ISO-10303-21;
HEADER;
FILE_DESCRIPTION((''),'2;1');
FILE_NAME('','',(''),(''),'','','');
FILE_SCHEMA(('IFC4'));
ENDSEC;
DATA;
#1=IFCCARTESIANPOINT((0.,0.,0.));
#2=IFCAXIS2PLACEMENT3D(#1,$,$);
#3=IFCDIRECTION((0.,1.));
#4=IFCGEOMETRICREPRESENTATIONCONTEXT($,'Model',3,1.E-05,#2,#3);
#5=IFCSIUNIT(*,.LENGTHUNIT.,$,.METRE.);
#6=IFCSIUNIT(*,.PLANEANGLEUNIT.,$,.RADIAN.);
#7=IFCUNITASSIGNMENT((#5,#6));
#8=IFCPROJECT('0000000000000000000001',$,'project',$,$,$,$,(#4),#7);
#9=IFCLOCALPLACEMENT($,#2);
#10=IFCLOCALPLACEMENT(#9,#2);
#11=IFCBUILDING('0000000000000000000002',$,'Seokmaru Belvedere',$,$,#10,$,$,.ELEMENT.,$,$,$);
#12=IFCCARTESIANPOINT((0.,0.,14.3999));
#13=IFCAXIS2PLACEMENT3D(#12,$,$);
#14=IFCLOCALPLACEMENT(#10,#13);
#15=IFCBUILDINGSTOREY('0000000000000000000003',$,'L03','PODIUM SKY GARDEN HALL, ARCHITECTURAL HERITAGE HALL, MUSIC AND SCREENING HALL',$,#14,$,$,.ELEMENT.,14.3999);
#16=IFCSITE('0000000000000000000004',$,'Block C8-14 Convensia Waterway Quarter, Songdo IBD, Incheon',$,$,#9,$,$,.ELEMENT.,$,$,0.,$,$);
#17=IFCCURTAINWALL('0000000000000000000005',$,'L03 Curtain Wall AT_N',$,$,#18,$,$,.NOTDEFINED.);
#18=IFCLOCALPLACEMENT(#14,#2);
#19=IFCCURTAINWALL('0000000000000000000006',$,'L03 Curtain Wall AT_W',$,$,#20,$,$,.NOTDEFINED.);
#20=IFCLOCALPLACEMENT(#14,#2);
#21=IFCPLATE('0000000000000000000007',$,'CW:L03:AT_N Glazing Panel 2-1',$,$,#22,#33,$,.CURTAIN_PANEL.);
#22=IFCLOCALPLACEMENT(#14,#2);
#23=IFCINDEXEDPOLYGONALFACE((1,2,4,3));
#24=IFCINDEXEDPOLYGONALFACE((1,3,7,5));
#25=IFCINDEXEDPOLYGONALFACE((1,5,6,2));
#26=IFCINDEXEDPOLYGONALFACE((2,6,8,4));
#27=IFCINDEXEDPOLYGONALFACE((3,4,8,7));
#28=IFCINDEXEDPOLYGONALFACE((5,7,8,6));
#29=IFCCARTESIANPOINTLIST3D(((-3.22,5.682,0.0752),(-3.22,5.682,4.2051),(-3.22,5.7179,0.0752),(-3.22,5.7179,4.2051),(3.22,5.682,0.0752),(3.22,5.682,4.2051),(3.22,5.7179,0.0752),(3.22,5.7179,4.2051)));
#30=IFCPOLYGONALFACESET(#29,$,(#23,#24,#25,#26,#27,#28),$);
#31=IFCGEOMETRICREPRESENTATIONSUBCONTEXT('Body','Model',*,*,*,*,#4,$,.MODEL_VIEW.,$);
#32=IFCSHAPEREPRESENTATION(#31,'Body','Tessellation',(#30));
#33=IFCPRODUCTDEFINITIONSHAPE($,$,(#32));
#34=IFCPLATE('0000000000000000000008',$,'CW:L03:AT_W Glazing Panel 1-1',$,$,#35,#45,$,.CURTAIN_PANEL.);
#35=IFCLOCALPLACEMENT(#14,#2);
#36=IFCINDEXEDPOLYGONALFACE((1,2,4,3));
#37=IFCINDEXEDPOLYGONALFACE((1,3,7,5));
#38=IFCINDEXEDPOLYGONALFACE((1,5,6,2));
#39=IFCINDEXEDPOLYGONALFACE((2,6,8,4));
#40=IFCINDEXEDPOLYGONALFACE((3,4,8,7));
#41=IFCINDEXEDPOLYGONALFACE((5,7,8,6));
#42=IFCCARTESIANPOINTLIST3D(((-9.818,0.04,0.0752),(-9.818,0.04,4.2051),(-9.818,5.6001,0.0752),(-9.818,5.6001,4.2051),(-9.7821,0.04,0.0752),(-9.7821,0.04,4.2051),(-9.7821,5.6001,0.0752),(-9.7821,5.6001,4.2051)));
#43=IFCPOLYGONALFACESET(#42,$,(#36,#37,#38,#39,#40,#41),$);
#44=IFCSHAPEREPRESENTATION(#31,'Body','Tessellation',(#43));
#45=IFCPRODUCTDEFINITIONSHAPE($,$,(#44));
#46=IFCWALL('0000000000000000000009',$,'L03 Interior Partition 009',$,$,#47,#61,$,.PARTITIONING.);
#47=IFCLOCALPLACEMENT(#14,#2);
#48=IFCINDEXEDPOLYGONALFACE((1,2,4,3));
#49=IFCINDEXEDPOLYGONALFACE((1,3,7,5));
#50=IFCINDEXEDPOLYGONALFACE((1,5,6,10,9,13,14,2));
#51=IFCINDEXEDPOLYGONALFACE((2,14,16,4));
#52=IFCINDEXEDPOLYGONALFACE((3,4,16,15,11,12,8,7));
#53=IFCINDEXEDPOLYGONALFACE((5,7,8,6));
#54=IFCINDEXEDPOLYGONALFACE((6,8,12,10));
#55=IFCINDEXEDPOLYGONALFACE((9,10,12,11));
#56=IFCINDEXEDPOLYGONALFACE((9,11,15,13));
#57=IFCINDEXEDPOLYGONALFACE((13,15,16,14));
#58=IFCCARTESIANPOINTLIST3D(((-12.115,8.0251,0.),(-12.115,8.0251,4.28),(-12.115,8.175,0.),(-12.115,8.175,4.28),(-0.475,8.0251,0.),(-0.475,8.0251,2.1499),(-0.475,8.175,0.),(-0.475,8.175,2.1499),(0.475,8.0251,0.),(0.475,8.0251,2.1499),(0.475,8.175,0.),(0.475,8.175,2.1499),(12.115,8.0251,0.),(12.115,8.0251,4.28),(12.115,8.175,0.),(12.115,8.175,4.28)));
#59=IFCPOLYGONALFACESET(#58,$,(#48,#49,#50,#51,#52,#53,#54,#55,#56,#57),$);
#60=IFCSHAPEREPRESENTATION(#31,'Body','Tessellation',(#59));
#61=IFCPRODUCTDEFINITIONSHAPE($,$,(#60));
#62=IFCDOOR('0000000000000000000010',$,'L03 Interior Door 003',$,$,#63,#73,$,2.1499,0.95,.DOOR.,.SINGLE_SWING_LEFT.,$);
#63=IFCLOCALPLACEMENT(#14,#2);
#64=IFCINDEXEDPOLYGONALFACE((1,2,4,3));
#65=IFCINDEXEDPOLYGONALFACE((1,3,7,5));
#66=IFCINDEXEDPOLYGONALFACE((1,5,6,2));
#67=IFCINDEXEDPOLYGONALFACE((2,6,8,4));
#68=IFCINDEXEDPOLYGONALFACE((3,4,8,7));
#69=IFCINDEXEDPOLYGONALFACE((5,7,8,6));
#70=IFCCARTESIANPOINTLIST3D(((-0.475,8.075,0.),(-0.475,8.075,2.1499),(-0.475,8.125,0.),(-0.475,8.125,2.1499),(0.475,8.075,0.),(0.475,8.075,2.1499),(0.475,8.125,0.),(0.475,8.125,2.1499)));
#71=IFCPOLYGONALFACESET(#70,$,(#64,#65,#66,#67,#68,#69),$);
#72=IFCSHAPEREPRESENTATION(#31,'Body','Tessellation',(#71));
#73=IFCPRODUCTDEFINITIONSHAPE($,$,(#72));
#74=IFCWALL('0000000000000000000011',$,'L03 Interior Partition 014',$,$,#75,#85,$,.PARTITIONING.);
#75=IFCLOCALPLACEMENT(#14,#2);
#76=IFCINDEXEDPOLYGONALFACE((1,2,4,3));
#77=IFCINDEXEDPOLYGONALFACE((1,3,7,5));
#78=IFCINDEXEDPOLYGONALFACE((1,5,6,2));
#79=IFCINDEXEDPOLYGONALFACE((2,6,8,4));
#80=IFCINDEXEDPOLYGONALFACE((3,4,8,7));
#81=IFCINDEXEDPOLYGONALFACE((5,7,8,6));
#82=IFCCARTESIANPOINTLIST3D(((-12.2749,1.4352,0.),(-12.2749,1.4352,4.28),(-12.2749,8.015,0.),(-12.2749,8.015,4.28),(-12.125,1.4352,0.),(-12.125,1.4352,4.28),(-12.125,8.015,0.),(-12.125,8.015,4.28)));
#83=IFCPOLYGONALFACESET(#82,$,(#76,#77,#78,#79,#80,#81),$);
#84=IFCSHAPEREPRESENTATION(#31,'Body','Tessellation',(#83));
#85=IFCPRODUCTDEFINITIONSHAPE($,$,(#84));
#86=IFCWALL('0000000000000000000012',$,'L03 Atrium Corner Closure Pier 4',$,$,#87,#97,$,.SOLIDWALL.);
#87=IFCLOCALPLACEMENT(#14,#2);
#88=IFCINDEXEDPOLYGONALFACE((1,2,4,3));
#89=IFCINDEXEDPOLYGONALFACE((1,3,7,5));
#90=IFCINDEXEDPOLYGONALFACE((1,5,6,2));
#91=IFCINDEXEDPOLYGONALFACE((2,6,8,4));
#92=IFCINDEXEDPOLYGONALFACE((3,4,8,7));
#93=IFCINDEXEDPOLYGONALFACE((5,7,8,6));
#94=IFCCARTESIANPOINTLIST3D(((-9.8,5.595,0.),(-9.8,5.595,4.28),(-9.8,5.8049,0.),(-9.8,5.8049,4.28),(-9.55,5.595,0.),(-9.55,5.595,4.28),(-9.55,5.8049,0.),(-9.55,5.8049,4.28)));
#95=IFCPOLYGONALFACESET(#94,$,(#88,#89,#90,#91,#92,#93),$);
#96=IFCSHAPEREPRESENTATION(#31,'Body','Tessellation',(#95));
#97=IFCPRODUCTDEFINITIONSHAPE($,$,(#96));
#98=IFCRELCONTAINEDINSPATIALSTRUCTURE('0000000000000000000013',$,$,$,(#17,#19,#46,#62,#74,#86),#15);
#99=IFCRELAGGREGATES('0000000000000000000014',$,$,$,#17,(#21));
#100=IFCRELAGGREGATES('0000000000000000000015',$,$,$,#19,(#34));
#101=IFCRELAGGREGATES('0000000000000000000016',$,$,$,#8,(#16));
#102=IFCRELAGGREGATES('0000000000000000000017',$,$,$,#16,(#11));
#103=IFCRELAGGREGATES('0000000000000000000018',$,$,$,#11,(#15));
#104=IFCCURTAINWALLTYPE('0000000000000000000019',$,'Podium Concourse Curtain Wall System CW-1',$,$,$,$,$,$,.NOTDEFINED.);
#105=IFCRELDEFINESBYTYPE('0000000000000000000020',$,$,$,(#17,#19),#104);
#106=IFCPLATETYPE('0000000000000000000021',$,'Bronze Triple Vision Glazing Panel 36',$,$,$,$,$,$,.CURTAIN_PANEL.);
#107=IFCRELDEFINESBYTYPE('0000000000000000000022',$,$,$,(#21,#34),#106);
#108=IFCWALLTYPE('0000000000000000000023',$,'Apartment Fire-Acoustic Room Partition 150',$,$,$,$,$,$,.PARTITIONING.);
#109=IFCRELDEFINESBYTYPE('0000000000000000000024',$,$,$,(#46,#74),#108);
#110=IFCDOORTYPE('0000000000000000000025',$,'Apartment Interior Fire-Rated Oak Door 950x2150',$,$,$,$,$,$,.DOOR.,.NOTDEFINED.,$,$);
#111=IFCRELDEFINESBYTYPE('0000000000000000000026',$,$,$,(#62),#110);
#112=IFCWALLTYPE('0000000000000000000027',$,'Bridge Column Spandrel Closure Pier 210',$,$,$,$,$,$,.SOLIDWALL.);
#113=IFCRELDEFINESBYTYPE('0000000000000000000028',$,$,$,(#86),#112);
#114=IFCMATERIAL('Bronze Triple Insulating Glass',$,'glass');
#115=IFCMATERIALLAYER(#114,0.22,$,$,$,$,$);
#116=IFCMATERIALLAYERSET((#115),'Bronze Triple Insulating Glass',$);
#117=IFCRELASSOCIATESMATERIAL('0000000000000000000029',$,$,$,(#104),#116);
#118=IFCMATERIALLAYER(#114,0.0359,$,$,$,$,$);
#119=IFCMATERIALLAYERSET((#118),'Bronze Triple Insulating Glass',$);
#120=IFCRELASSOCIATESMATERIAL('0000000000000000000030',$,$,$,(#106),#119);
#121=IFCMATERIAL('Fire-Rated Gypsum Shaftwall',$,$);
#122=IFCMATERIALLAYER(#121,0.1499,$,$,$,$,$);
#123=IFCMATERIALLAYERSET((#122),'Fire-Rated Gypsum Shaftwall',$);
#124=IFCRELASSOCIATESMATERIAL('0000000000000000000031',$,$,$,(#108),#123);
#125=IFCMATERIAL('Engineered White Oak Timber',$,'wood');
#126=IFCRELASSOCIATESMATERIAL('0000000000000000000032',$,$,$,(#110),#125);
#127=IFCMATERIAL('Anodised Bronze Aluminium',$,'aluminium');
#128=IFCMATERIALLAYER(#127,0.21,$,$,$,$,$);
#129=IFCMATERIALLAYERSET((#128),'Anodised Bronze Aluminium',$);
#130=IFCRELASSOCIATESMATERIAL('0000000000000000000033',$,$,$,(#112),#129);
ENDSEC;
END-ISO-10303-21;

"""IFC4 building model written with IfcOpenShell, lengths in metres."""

from ifc_helpers import new_model, si_unit, direction, frame, frame_2d, origin, origin_2d, place, context, subcontext, project, spatial, rectangle, extrude, source, transform, mapped, material, layer, layer_set, type_object, type_shapes, element, fill, aggregate, save


model = new_model("IFC4")

# Units and contexts
model_context = context("Model", 3, precision=1e-05, world=origin(), true_north=direction((0.0, 1.0)))
body_context = subcontext(model_context, "Body", "Model", "MODEL_VIEW")
ifc_project = project(units=[si_unit("LENGTHUNIT", "METRE"), si_unit("PLANEANGLEUNIT", "RADIAN")], contexts=[model_context])

# Site, building, storey
site_placement = place(None, origin())
site = spatial("IfcSite", under=ifc_project, at=site_placement, Name="Block C8-14 Convensia Waterway Quarter, Songdo IBD, Incheon", CompositionType="ELEMENT", RefElevation=0.0)
building_placement = place(site_placement, origin())
building = spatial("IfcBuilding", under=site, at=building_placement, Name="Seokmaru Belvedere", CompositionType="ELEMENT")
storey_placement = place(building_placement, frame((0.0, 0.0, 14.3999)))
storey = spatial("IfcBuildingStorey", under=building, at=storey_placement, Name="L03", Description="PODIUM SKY GARDEN HALL, ARCHITECTURAL HERITAGE HALL, MUSIC AND SCREENING HALL", CompositionType="ELEMENT", Elevation=14.3999)

# Curtain walls
ifc_material_1 = material(Name="Bronze Triple Insulating Glass", Category="glass")
ifc_layer_1 = layer(ifc_material_1, 0.22)
ifc_layer_set_1 = layer_set([ifc_layer_1], Name="Bronze Triple Insulating Glass")
curtain_wall_type = type_object("IfcCurtainWallType", Name="Podium Concourse Curtain Wall System CW-1", PredefinedType="NOTDEFINED", material=ifc_layer_set_1)
curtain_wall_1_placement = place(storey_placement, origin())
curtain_wall_1 = element("IfcCurtainWall", 1, at=curtain_wall_1_placement, inside=storey, type_object=curtain_wall_type, Name="L03 Curtain Wall AT_N", PredefinedType="NOTDEFINED")
ifc_material_2 = material(Name="Anodised Bronze Aluminium", Category="aluminium")
curtain_wall_2_placement = place(storey_placement, origin())
curtain_wall_2 = element("IfcCurtainWall", 2, at=curtain_wall_2_placement, inside=storey, type_object=curtain_wall_type, Name="L03 Curtain Wall AT_W", PredefinedType="NOTDEFINED")

# Plates
ifc_layer_2 = layer(ifc_material_1, 0.0359)
ifc_layer_set_2 = layer_set([ifc_layer_2], Name="Bronze Triple Insulating Glass")
plate_type = type_object("IfcPlateType", Name="Bronze Triple Vision Glazing Panel 36", PredefinedType="CURTAIN_PANEL", material=ifc_layer_set_2)
shared_shape_1 = source(origin(), body_context, "Body", "SweptSolid", [
    extrude(rectangle(XDim=6.4399, YDim=0.0359, at=origin_2d()), origin(), (0.0, 0.0, 1.0), 4.1299),
])
plate_1_placement = place(storey_placement, frame((0.0, 5.7, 0.0752), z_axis=(0.0, 0.0, 1.0), x_axis=(-1.0, 0.0, 0.0)))
plate_1 = element("IfcPlate", 3, at=plate_1_placement, type_object=plate_type, Name="CW:L03:AT_N Glazing Panel 2-1", PredefinedType="CURTAIN_PANEL", context=body_context, shape_type="MappedRepresentation", body=[
    mapped(shared_shape_1, transform((0.0, 0.0, 0.0), scale=1.0)),
])
aggregate(curtain_wall_1, [plate_1])
shared_shape_2 = source(origin(), body_context, "Body", "SweptSolid", [
    extrude(rectangle(XDim=5.5601, YDim=0.0359, at=origin_2d()), origin(), (0.0, 0.0, 1.0), 4.1299),
])
plate_2_placement = place(storey_placement, frame((-9.8, 2.8201, 0.0752), z_axis=(0.0, 0.0, 1.0), x_axis=(0.0, -1.0, 0.0)))
plate_2 = element("IfcPlate", 4, at=plate_2_placement, type_object=plate_type, Name="CW:L03:AT_W Glazing Panel 1-1", PredefinedType="CURTAIN_PANEL", context=body_context, shape_type="MappedRepresentation", body=[
    mapped(shared_shape_2, transform((0.0, 0.0, 0.0), scale=1.0)),
])
aggregate(curtain_wall_2, [plate_2])

# Wall, opening, door
ifc_material_3 = material(Name="Fire-Rated Gypsum Shaftwall")
ifc_layer_3 = layer(ifc_material_3, 0.1499)
ifc_layer_set_3 = layer_set([ifc_layer_3], Name="Fire-Rated Gypsum Shaftwall")
wall_type_1 = type_object("IfcWallType", Name="Apartment Fire-Acoustic Room Partition 150", PredefinedType="PARTITIONING", material=ifc_layer_set_3)
wall_1_placement = place(storey_placement, frame((-12.115, 8.1001, 0.0), z_axis=(0.0, 0.0, 1.0), x_axis=(1.0, 0.0, 0.0)))
wall_1 = element("IfcWall", 5, at=wall_1_placement, inside=storey, type_object=wall_type_1, Name="L03 Interior Partition 009", PredefinedType="PARTITIONING", context=body_context, shape_type="SweptSolid", body=[
    extrude(rectangle(XDim=24.23, YDim=0.1499, at=frame_2d((12.115, 0.0))), origin(), (0.0, 0.0, 1.0), 4.28),
])
opening_1_placement = place(wall_1_placement, frame((11.6399, 0.0, 0.0)))
opening_1 = element("IfcOpeningElement", 6, at=opening_1_placement, cuts=wall_1, PredefinedType="OPENING", context=body_context, shape_type="SweptSolid", body=[
    extrude(rectangle(XDim=0.95, YDim=2.1499, at=frame_2d((0.4751, 1.075))), frame((0.0, 0.085, 0.0), z_axis=(0.0, -1.0, 0.0), x_axis=(1.0, 0.0, 0.0)), (0.0, 0.0, 1.0), 0.1699),
])
ifc_material_4 = material(Name="Engineered White Oak Timber", Category="wood")
door_type = type_object("IfcDoorType", Name="Apartment Interior Fire-Rated Oak Door 950x2150", OperationType="NOTDEFINED", PredefinedType="DOOR", material=ifc_material_4)
shared_shape_3 = source(origin(), body_context, "Body", "SweptSolid", [
    extrude(rectangle(XDim=0.95, YDim=2.1499, at=frame_2d((0.4751, 1.075))), frame((0.0, 0.0249, 0.0), z_axis=(0.0, -1.0, 0.0), x_axis=(1.0, 0.0, 0.0)), (0.0, 0.0, 1.0), 0.05),
])
type_shapes(door_type, [shared_shape_3])
door_placement = place(opening_1_placement, origin())
door = element("IfcDoor", 7, at=door_placement, inside=storey, type_object=door_type, Name="L03 Interior Door 003", OperationType="SINGLE_SWING_LEFT", OverallHeight=2.1499, OverallWidth=0.95, PredefinedType="DOOR", context=body_context, shape_type="MappedRepresentation", body=[
    mapped(shared_shape_3, transform((0.0, 0.0, 0.0), scale=1.0)),
])
fill(opening_1, door)

# Walls
wall_2_placement = place(storey_placement, frame((-12.2, 1.4351, 0.0), z_axis=(0.0, 0.0, 1.0), x_axis=(0.0, 1.0, 0.0)))
element("IfcWall", 8, at=wall_2_placement, inside=storey, type_object=wall_type_1, Name="L03 Interior Partition 014", PredefinedType="PARTITIONING", context=body_context, shape_type="SweptSolid", body=[
    extrude(rectangle(XDim=6.5798, YDim=0.1499, at=frame_2d((3.29, 0.0))), origin(), (0.0, 0.0, 1.0), 4.28),
])
ifc_layer_4 = layer(ifc_material_2, 0.21)
ifc_layer_set_4 = layer_set([ifc_layer_4], Name="Anodised Bronze Aluminium")
wall_type_2 = type_object("IfcWallType", Name="Bridge Column Spandrel Closure Pier 210", PredefinedType="SOLIDWALL", material=ifc_layer_set_4)
wall_3_placement = place(storey_placement, frame((-9.8, 5.7, 0.0), z_axis=(0.0, 0.0, 1.0), x_axis=(1.0, 0.0, 0.0)))
element("IfcWall", 9, at=wall_3_placement, inside=storey, type_object=wall_type_2, Name="L03 Atrium Corner Closure Pier 4", PredefinedType="SOLIDWALL", context=body_context, shape_type="SweptSolid", body=[
    extrude(rectangle(XDim=0.25, YDim=0.21, at=frame_2d((0.125, 0.0))), origin(), (0.0, 0.0, 1.0), 4.28),
])

save(model, "model.ifc")
